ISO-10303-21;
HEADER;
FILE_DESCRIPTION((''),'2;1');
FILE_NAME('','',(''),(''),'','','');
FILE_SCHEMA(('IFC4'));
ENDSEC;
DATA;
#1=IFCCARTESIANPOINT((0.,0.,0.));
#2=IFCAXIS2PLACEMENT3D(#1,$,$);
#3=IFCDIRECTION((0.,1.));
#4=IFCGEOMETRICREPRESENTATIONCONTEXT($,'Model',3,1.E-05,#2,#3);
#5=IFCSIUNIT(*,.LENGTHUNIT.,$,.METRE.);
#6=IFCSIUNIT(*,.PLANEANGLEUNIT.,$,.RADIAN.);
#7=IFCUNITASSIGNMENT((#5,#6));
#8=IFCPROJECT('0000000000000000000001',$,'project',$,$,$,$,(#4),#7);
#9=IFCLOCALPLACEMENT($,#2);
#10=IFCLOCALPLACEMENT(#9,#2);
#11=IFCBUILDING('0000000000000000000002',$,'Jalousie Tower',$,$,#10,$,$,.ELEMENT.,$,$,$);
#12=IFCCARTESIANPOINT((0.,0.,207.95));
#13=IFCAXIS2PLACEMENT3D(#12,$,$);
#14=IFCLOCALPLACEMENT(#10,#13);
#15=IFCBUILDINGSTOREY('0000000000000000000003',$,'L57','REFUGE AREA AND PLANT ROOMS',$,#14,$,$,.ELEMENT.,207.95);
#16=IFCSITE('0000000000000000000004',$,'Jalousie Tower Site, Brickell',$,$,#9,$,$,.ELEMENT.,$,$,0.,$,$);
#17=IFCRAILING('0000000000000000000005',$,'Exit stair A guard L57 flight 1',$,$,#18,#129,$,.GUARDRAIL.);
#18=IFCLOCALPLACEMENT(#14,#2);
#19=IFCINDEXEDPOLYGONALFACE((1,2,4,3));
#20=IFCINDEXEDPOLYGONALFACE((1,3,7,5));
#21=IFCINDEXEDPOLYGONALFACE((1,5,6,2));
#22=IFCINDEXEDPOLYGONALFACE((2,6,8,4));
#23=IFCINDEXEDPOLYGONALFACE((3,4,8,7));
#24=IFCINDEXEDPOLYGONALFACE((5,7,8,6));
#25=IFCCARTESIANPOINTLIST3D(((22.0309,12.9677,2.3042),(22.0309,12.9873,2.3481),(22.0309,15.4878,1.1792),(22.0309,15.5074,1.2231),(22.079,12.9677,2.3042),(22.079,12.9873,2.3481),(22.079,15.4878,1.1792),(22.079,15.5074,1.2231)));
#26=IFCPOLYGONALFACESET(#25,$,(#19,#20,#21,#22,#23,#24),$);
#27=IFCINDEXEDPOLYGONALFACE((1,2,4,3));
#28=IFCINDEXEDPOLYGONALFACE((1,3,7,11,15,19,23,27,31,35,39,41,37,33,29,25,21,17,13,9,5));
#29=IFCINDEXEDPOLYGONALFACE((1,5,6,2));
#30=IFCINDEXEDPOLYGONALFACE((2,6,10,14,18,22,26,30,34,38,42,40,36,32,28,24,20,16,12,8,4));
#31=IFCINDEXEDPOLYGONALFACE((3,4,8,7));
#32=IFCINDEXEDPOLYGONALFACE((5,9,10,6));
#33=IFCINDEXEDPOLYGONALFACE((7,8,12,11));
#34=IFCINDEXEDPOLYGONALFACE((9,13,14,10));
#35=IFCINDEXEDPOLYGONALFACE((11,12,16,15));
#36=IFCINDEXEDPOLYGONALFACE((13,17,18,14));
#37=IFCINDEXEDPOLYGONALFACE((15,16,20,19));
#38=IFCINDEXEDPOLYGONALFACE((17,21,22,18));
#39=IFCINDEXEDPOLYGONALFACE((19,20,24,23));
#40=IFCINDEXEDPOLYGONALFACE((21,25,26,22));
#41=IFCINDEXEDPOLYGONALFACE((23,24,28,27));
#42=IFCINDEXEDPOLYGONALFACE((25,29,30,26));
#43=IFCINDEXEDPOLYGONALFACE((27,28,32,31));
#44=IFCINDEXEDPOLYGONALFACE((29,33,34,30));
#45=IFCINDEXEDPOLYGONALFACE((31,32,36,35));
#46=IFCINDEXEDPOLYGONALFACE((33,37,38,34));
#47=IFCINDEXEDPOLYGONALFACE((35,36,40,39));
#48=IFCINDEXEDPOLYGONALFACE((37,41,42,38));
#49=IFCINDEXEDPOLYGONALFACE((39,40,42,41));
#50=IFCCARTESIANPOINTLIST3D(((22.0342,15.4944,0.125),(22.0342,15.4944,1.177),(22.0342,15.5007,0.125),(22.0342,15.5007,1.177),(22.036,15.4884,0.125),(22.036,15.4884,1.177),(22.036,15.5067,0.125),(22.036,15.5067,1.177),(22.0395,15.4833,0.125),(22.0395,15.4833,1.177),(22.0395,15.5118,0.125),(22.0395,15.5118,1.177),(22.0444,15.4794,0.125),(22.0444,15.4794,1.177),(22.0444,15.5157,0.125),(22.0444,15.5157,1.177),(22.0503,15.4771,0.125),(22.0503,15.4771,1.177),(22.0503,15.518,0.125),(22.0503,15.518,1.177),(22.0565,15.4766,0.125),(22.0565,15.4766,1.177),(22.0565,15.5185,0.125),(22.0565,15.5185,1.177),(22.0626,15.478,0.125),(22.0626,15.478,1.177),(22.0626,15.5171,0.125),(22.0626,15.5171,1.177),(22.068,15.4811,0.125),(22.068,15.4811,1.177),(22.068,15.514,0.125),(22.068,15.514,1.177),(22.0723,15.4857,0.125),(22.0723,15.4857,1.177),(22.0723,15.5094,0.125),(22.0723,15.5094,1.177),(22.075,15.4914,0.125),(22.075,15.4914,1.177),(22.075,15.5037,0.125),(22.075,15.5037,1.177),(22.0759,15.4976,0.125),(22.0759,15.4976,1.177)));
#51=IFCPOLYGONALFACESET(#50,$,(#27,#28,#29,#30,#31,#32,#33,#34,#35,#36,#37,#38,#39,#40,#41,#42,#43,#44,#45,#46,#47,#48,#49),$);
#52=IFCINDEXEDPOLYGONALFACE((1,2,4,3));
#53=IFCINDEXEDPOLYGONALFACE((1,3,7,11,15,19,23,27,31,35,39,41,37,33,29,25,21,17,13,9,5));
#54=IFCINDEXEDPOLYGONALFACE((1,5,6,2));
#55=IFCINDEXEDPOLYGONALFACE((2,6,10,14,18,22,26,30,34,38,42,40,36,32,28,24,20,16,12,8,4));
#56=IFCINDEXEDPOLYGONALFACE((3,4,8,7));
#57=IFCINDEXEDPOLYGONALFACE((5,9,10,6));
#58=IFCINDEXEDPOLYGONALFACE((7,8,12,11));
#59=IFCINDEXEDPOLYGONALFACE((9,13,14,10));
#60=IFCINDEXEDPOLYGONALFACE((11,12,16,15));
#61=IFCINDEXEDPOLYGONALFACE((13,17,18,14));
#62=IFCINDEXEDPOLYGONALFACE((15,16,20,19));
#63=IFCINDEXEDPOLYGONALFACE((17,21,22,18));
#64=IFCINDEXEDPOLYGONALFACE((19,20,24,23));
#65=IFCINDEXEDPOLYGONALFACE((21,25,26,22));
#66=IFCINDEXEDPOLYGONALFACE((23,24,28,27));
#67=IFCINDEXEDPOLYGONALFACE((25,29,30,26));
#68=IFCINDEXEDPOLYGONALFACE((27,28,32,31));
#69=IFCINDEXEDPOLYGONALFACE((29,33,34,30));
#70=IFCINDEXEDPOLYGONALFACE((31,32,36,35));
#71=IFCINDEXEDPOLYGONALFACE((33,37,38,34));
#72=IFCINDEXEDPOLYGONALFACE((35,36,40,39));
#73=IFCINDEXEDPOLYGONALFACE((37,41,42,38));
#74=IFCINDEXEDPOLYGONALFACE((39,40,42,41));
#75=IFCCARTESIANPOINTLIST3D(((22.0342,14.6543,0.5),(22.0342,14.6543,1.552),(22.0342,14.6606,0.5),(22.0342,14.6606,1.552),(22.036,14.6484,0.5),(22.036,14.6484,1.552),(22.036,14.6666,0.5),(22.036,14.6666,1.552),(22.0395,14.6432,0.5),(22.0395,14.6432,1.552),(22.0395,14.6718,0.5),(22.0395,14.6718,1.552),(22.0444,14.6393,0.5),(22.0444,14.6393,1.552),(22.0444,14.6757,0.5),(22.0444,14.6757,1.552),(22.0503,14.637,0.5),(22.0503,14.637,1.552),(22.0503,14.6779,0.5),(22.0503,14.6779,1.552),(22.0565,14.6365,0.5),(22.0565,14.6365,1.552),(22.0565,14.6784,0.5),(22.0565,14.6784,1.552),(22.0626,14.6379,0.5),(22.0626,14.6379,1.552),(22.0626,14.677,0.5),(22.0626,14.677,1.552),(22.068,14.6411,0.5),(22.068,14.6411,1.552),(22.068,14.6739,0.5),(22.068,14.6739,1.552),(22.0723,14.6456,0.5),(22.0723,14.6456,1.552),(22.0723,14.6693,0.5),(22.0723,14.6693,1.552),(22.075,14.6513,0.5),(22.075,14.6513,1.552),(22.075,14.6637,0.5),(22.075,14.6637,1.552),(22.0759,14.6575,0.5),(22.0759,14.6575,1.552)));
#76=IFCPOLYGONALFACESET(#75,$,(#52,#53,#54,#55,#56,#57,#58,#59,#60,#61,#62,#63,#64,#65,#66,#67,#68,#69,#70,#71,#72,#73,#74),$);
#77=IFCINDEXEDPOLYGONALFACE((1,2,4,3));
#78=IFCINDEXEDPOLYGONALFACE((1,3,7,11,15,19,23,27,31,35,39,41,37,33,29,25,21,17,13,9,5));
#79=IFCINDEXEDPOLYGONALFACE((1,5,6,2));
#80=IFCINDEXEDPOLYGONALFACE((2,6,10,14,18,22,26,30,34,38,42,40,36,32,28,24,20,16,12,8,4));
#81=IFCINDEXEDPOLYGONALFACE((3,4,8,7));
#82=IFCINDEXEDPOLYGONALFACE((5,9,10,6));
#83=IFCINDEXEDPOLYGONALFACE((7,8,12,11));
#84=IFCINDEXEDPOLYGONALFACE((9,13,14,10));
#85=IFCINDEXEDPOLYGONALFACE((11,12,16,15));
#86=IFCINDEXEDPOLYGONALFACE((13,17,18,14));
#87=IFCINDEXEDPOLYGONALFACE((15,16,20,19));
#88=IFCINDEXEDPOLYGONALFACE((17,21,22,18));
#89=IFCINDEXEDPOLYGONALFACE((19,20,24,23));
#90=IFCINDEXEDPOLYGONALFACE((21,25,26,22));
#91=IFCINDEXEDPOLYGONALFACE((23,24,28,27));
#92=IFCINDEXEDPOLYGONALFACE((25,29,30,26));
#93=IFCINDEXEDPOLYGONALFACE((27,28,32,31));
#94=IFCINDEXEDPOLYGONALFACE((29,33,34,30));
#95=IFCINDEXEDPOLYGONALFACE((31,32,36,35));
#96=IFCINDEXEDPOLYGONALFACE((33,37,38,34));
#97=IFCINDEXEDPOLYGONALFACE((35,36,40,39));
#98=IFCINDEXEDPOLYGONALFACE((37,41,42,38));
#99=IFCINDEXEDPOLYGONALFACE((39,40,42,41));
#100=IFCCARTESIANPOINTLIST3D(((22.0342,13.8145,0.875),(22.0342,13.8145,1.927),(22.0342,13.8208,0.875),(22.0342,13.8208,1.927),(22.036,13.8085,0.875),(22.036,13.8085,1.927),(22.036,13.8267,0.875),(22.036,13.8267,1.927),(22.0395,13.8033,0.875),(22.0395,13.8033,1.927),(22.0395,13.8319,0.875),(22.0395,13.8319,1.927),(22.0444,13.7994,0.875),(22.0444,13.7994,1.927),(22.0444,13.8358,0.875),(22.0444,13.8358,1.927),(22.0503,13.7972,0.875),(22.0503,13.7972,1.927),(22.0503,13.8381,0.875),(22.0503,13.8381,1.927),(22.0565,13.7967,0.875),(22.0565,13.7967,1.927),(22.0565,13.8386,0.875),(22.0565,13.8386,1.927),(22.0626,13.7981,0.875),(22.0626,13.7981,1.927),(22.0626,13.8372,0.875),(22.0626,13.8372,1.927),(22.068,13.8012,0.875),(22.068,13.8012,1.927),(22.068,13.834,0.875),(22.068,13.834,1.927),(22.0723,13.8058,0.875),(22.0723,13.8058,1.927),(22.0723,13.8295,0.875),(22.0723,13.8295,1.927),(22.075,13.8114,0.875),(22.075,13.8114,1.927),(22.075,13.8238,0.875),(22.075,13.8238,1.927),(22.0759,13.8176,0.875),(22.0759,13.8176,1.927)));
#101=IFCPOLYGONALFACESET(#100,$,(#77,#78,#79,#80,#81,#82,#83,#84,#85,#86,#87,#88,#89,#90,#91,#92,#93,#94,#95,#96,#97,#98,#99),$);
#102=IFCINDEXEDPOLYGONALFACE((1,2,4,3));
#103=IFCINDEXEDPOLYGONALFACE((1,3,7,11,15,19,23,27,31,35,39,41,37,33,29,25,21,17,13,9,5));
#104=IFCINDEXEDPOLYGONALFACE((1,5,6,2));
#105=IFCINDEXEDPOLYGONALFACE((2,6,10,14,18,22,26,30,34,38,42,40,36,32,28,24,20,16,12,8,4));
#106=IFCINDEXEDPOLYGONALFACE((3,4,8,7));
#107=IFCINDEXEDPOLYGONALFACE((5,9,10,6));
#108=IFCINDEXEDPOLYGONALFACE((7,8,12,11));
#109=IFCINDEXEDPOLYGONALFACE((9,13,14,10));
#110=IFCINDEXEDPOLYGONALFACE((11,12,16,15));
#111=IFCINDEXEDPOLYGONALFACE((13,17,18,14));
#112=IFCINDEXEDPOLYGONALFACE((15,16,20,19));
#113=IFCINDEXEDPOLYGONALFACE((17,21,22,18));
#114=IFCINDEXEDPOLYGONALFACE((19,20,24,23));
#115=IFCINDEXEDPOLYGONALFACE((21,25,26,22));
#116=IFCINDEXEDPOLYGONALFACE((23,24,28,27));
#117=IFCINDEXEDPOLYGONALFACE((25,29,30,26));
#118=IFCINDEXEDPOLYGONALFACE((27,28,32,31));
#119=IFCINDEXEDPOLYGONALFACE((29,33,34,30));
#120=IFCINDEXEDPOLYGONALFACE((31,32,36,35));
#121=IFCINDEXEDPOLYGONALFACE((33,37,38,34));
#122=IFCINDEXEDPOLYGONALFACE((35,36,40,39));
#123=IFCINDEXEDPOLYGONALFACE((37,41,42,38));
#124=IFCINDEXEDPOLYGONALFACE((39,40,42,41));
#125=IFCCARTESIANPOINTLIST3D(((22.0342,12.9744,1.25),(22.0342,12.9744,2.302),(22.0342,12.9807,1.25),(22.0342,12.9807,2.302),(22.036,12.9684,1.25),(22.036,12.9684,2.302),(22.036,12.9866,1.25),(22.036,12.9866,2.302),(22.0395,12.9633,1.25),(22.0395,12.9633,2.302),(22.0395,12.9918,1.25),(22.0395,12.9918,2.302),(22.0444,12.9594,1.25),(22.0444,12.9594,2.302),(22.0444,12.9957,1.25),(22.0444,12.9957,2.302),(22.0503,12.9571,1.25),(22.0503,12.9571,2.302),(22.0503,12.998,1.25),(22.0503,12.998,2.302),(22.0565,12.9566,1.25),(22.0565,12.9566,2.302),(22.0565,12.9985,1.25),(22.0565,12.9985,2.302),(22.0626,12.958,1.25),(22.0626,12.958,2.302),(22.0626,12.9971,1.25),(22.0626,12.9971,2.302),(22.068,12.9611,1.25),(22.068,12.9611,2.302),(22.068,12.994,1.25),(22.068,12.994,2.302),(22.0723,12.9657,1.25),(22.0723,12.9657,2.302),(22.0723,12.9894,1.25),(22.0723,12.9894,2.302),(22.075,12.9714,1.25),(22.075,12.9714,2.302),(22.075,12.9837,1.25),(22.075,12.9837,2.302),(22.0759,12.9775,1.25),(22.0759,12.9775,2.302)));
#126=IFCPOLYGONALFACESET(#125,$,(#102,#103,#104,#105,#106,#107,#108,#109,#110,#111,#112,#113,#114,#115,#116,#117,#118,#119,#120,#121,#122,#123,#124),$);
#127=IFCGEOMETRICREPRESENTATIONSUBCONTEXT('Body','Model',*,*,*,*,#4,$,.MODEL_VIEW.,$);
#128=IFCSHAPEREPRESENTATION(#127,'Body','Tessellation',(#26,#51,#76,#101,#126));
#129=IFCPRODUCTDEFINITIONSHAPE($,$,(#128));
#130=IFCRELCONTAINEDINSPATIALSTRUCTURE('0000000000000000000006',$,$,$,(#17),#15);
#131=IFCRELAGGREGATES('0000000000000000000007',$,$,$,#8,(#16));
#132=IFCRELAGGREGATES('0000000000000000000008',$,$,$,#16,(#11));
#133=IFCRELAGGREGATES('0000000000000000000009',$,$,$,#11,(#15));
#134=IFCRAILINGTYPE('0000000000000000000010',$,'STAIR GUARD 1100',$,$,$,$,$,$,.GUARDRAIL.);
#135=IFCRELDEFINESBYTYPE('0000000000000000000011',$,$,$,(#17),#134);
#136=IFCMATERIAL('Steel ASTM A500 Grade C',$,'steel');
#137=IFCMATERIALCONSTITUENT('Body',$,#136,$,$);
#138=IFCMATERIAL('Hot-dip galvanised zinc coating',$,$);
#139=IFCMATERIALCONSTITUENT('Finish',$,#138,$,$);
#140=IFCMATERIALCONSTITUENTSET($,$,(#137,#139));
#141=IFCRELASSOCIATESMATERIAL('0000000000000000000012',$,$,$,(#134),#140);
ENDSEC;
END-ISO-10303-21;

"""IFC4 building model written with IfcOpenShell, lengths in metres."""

from ifc_helpers import new_model, si_unit, direction, frame, origin, origin_2d, place, context, subcontext, project, spatial, rectangle, circle, extrude, material, constituent, constituent_set, type_object, element, save


model = new_model("IFC4")

# Units and contexts
model_context = context("Model", 3, precision=1e-05, world=origin(), true_north=direction((0.0, 1.0)))
body_context = subcontext(model_context, "Body", "Model", "MODEL_VIEW")
ifc_project = project(units=[si_unit("LENGTHUNIT", "METRE"), si_unit("PLANEANGLEUNIT", "RADIAN")], contexts=[model_context])

# Site, building, storey
site_placement = place(None, origin())
site = spatial("IfcSite", under=ifc_project, at=site_placement, Name="Jalousie Tower Site, Brickell", CompositionType="ELEMENT", RefElevation=0.0)
building_placement = place(site_placement, origin())
building = spatial("IfcBuilding", under=site, at=building_placement, Name="Jalousie Tower", CompositionType="ELEMENT")
storey_placement = place(building_placement, frame((0.0, 0.0, 207.95)))
storey = spatial("IfcBuildingStorey", under=building, at=storey_placement, Name="L57", Description="REFUGE AREA AND PLANT ROOMS", CompositionType="ELEMENT", Elevation=207.95)

# Railing
ifc_material_1 = material(Name="Steel ASTM A500 Grade C", Category="steel")
ifc_constituent_1 = constituent(ifc_material_1, Name="Body")
ifc_material_2 = material(Name="Hot-dip galvanised zinc coating")
ifc_constituent_2 = constituent(ifc_material_2, Name="Finish")
ifc_constituent_set_1 = constituent_set(constituents=[ifc_constituent_1, ifc_constituent_2])
railing_type_1 = type_object("IfcRailingType", Name="STAIR GUARD 1100", PredefinedType="GUARDRAIL", material=ifc_constituent_set_1)
for number, where, name in (
    (1, (22.0549, 15.4976, 0.125), "Exit stair A guard L57 flight 1"),
):
    element("IfcRailing", number, at=place(storey_placement, frame(where)), inside=storey, type_object=railing_type_1, Name=name, PredefinedType="GUARDRAIL", context=body_context, shape_type="SweptSolid", body=[
        extrude(rectangle(XDim=0.0481, YDim=0.0481, at=origin_2d()), frame((0.0, 0.0, 1.0762), z_axis=(0.0, -0.913139, 0.407648), x_axis=(1.0, 0.0, 0.0)), (0.0, 0.0, 1.0), 2.7598),
        extrude(circle(Radius=0.021, at=origin_2d()), origin(), (0.0, 0.0, 1.0), 1.052),
        extrude(circle(Radius=0.021, at=origin_2d()), frame((0.0, -0.8401, 0.375)), (0.0, 0.0, 1.0), 1.052),
        extrude(circle(Radius=0.021, at=origin_2d()), frame((0.0, -1.6799, 0.75)), (0.0, 0.0, 1.0), 1.052),
        extrude(circle(Radius=0.021, at=origin_2d()), frame((0.0, -2.52, 1.125)), (0.0, 0.0, 1.0), 1.052),
    ])

save(model, "model.ifc")
